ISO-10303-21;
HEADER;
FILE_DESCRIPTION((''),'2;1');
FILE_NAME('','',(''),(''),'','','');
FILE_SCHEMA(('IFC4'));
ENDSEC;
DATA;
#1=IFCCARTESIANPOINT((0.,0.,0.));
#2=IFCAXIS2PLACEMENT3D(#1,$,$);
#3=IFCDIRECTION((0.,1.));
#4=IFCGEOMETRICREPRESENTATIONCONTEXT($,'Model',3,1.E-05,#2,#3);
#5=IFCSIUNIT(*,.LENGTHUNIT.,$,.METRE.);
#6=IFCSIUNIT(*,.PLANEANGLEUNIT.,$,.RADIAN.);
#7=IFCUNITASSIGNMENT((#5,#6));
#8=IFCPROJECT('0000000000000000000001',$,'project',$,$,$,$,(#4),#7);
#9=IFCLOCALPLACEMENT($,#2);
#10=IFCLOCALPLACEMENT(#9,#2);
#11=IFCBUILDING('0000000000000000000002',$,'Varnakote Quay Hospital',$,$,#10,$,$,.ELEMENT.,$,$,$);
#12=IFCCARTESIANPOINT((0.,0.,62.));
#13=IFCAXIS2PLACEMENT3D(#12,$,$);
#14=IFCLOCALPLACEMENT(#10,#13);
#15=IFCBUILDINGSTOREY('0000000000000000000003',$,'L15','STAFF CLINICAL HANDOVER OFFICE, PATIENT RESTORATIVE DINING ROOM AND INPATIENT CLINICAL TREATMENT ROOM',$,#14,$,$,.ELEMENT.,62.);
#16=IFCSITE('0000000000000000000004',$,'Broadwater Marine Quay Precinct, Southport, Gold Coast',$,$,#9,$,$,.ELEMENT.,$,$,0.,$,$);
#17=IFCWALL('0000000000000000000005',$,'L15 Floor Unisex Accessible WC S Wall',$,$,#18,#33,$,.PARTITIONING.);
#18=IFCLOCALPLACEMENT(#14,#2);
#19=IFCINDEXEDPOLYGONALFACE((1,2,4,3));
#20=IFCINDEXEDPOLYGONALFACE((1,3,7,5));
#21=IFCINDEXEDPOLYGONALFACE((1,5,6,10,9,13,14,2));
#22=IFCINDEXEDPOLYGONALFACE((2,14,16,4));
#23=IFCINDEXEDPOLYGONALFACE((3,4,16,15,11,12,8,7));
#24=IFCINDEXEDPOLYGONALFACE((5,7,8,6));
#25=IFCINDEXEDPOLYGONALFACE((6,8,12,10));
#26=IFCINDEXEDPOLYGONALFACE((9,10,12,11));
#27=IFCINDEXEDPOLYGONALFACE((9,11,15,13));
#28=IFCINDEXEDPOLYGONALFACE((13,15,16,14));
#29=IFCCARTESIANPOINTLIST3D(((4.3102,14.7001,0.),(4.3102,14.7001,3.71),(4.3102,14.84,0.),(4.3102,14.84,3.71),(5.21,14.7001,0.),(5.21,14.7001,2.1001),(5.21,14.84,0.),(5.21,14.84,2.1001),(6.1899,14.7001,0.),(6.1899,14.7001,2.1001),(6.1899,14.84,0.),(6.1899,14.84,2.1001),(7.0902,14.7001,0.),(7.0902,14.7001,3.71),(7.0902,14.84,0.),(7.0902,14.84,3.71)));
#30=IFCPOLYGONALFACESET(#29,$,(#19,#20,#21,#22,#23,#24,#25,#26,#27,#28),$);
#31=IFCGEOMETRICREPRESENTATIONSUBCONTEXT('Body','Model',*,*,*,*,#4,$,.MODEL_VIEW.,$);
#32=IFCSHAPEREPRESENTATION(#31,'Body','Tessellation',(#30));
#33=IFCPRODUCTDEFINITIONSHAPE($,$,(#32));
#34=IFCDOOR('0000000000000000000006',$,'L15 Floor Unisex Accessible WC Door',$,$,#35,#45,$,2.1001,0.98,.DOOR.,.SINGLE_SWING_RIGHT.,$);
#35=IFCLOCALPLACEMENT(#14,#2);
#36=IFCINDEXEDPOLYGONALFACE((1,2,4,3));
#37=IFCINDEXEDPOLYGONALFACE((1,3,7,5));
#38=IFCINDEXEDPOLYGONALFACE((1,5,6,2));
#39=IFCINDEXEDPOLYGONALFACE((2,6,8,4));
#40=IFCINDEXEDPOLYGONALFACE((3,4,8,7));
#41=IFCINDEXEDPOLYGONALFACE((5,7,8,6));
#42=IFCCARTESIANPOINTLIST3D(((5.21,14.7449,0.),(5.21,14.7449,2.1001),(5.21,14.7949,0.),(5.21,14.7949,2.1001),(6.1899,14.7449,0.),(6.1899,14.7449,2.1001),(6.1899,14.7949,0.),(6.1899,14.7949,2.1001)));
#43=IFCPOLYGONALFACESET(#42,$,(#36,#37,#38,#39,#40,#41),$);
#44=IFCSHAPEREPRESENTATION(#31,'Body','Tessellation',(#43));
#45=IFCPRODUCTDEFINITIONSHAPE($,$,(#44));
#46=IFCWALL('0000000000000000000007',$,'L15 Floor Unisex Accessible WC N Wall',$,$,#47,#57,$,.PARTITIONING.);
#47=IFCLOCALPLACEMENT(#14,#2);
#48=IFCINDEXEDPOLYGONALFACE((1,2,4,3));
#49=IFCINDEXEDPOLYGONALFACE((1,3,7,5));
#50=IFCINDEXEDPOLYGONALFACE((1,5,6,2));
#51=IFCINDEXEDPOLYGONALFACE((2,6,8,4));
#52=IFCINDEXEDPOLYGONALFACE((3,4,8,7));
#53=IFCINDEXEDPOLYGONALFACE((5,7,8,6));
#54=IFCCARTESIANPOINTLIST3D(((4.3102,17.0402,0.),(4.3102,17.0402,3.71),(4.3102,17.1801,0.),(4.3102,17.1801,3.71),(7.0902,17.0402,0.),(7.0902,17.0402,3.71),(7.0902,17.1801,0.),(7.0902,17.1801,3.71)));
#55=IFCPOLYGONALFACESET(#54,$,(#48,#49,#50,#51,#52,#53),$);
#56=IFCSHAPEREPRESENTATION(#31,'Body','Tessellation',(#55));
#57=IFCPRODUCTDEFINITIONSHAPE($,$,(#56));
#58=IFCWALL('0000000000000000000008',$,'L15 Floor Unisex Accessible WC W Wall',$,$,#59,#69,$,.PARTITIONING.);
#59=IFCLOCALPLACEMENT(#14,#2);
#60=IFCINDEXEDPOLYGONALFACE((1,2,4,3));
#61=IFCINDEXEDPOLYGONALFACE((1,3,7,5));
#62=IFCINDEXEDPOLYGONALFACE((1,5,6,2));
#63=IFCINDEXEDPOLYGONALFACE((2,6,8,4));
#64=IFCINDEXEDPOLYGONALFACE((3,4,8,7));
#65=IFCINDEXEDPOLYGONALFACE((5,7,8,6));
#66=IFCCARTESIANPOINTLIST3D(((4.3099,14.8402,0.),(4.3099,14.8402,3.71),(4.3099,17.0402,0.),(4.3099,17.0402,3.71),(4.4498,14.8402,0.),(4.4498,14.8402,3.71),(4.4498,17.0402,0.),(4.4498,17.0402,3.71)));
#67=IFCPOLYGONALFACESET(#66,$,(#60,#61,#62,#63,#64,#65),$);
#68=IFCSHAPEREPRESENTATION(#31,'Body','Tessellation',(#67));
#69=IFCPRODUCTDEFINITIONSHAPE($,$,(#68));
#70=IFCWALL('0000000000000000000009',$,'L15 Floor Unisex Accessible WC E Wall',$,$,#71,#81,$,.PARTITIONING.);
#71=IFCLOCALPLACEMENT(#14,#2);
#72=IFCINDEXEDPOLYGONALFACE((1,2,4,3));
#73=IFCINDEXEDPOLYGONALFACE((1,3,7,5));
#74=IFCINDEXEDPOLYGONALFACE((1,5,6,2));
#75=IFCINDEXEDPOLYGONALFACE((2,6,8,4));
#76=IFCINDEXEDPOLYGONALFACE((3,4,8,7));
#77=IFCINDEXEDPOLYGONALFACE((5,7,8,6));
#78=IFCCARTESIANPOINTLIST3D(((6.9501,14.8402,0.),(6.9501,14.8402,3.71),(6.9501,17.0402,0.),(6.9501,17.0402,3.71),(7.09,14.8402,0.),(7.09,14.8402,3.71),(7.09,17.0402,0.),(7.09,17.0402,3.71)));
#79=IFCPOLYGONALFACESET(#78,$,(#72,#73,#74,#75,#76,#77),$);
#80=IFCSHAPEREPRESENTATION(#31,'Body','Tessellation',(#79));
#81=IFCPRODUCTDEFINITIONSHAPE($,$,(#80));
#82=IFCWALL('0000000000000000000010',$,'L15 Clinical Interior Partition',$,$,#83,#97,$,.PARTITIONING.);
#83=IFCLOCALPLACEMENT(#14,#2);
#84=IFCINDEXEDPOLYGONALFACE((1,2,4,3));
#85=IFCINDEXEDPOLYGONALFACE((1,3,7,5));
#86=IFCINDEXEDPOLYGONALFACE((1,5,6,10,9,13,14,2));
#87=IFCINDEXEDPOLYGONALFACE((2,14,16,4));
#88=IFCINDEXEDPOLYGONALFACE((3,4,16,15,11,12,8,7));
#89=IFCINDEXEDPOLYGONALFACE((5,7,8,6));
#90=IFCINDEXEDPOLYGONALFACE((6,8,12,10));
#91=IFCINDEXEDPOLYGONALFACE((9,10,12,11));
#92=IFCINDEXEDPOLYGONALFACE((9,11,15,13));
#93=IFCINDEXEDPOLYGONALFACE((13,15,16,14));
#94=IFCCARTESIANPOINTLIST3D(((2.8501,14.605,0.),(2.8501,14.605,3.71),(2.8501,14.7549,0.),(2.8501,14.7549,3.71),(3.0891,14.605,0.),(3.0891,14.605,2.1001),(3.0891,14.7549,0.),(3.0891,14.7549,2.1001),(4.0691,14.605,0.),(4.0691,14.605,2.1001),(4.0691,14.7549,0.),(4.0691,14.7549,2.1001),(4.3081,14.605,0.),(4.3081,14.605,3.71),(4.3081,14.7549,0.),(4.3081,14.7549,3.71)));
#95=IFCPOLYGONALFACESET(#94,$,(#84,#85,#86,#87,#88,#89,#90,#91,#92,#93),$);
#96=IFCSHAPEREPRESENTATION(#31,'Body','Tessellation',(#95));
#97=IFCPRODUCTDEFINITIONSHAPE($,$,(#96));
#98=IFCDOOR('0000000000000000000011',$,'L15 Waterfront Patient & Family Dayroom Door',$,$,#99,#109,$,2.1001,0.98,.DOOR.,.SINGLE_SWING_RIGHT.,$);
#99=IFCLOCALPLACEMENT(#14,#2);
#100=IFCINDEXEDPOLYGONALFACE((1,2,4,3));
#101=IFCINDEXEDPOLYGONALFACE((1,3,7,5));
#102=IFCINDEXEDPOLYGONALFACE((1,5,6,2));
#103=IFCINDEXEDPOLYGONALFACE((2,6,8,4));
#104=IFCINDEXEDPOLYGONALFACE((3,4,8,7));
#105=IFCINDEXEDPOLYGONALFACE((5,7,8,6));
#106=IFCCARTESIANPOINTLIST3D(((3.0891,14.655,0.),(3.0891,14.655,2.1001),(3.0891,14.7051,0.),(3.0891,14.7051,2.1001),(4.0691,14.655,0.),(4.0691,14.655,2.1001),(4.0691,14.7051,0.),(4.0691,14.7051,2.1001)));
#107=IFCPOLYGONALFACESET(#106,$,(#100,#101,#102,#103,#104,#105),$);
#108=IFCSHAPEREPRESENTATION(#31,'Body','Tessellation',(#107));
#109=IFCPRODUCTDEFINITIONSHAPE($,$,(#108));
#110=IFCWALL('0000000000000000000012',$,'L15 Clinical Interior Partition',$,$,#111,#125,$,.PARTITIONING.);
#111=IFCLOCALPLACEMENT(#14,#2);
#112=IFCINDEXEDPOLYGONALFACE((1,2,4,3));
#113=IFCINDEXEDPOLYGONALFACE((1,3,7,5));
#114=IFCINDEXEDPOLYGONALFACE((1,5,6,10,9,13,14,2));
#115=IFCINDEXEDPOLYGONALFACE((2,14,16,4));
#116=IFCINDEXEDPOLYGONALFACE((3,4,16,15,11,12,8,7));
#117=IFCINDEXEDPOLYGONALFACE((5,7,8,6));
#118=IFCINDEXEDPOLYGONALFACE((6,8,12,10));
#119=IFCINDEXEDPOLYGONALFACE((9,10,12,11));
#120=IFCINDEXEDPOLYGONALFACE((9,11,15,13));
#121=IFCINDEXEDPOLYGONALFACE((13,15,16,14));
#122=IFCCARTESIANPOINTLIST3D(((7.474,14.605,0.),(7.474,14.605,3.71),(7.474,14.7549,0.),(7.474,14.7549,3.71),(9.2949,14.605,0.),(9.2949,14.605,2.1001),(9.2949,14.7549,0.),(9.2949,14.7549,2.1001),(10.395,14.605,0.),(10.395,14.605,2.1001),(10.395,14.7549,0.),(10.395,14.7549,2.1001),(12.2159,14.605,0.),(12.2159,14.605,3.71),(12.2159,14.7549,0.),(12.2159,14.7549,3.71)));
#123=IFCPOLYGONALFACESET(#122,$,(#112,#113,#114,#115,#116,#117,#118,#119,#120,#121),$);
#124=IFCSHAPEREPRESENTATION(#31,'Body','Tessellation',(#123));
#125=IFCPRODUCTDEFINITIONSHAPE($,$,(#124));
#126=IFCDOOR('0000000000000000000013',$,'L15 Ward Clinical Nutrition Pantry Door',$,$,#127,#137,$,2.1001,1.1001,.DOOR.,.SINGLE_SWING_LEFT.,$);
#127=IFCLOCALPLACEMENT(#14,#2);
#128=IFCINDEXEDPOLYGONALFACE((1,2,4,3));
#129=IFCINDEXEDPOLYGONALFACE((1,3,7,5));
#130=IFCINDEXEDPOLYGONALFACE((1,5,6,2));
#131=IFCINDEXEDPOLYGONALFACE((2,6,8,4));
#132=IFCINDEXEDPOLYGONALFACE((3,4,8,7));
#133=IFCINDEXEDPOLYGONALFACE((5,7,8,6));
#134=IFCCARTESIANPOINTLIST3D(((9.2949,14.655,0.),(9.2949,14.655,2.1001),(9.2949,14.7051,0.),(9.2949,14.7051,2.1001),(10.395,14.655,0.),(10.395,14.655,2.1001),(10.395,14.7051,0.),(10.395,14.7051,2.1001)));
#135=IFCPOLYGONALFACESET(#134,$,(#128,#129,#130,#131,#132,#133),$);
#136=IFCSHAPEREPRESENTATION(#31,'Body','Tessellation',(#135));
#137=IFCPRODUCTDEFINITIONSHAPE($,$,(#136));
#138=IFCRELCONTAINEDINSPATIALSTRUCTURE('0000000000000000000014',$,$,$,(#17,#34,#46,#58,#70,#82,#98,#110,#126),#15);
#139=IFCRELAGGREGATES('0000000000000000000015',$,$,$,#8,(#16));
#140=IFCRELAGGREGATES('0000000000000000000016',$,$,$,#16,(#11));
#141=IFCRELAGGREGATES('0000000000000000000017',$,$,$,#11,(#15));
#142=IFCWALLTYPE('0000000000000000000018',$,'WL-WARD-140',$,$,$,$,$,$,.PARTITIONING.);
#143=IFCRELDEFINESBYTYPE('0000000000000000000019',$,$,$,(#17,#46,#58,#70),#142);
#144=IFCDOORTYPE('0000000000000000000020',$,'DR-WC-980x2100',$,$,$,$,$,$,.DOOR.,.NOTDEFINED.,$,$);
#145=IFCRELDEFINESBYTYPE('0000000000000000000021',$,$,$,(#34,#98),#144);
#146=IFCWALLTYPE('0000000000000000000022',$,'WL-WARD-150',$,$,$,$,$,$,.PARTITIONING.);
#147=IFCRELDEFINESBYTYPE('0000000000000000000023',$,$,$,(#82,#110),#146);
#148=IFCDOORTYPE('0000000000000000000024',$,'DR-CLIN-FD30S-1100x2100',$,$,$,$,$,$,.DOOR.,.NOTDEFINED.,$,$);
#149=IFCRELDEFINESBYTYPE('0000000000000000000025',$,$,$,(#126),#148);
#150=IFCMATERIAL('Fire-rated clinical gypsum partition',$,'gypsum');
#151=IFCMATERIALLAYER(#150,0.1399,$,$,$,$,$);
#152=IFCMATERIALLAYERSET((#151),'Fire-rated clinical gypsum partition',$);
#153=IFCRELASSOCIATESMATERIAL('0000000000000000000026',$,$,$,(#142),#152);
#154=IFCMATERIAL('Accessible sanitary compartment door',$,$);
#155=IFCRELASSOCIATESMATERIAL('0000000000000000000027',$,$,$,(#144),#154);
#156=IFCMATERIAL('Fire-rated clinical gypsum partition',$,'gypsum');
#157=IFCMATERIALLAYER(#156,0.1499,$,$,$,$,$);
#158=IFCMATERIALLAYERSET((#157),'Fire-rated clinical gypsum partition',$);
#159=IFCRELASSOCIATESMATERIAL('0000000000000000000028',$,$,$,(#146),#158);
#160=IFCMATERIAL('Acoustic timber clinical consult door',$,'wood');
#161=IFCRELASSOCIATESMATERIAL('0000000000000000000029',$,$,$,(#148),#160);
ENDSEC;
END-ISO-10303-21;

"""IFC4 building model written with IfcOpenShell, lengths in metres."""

from ifc_helpers import new_model, si_unit, direction, frame, frame_2d, origin, place, context, subcontext, project, spatial, rectangle, extrude, material, layer, layer_set, type_object, element, fill, save


model = new_model("IFC4")

# Units and contexts
model_context = context("Model", 3, precision=1e-05, world=origin(), true_north=direction((0.0, 1.0)))
body_context = subcontext(model_context, "Body", "Model", "MODEL_VIEW")
ifc_project = project(units=[si_unit("LENGTHUNIT", "METRE"), si_unit("PLANEANGLEUNIT", "RADIAN")], contexts=[model_context])

# Site, building, storey
site_placement = place(None, origin())
site = spatial("IfcSite", under=ifc_project, at=site_placement, Name="Broadwater Marine Quay Precinct, Southport, Gold Coast", CompositionType="ELEMENT", RefElevation=0.0)
building_placement = place(site_placement, origin())
building = spatial("IfcBuilding", under=site, at=building_placement, Name="Varnakote Quay Hospital", CompositionType="ELEMENT")
storey_placement = place(building_placement, frame((0.0, 0.0, 62.0)))
storey = spatial("IfcBuildingStorey", under=building, at=storey_placement, Name="L15", Description="STAFF CLINICAL HANDOVER OFFICE, PATIENT RESTORATIVE DINING ROOM AND INPATIENT CLINICAL TREATMENT ROOM", CompositionType="ELEMENT", Elevation=62.0)

# Wall, opening, door
ifc_material_1 = material(Name="Fire-rated clinical gypsum partition", Category="gypsum")
ifc_layer_1 = layer(ifc_material_1, 0.1399)
ifc_layer_set_1 = layer_set([ifc_layer_1], Name="Fire-rated clinical gypsum partition")
wall_type_1 = type_object("IfcWallType", Name="WL-WARD-140", PredefinedType="PARTITIONING", material=ifc_layer_set_1)
wall_1_placement = place(storey_placement, frame((4.3101, 14.77, 0.0), z_axis=(0.0, 0.0, 1.0), x_axis=(1.0, 0.0, 0.0)))
wall_1 = element("IfcWall", 1, at=wall_1_placement, inside=storey, type_object=wall_type_1, Name="L15 Floor Unisex Accessible WC S Wall", PredefinedType="PARTITIONING", context=body_context, shape_type="SweptSolid", body=[
    extrude(rectangle(XDim=2.78, YDim=0.1399, at=frame_2d((1.3901, 0.0))), origin(), (0.0, 0.0, 1.0), 3.71),
])
opening_1_placement = place(wall_1_placement, frame((0.8999, 0.0, 0.0)))
opening_1 = element("IfcOpeningElement", 2, at=opening_1_placement, cuts=wall_1, PredefinedType="OPENING", context=body_context, shape_type="SweptSolid", body=[
    extrude(rectangle(XDim=0.98, YDim=2.1001, at=frame_2d((0.49, 1.05))), frame((0.0, 0.0798, 0.0), z_axis=(0.0, -1.0, 0.0), x_axis=(1.0, 0.0, 0.0)), (0.0, 0.0, 1.0), 0.1599),
])
ifc_material_2 = material(Name="Accessible sanitary compartment door")
door_type_1 = type_object("IfcDoorType", Name="DR-WC-980x2100", OperationType="NOTDEFINED", PredefinedType="DOOR", material=ifc_material_2)
door_1_placement = place(opening_1_placement, origin())
door_1 = element("IfcDoor", 3, at=door_1_placement, inside=storey, type_object=door_type_1, Name="L15 Floor Unisex Accessible WC Door", OperationType="SINGLE_SWING_RIGHT", OverallHeight=2.1001, OverallWidth=0.98, PredefinedType="DOOR", context=body_context, shape_type="SweptSolid", body=[
    extrude(rectangle(XDim=0.98, YDim=2.1001, at=frame_2d((0.49, 1.05))), frame((0.0, 0.0249, 0.0), z_axis=(0.0, -1.0, 0.0), x_axis=(1.0, 0.0, 0.0)), (0.0, 0.0, 1.0), 0.05),
])
fill(opening_1, door_1)

# Walls
wall_2_placement = place(storey_placement, frame((4.3101, 17.1101, 0.0), z_axis=(0.0, 0.0, 1.0), x_axis=(1.0, 0.0, 0.0)))
element("IfcWall", 4, at=wall_2_placement, inside=storey, type_object=wall_type_1, Name="L15 Floor Unisex Accessible WC N Wall", PredefinedType="PARTITIONING", context=body_context, shape_type="SweptSolid", body=[
    extrude(rectangle(XDim=2.78, YDim=0.1399, at=frame_2d((1.3901, 0.0))), origin(), (0.0, 0.0, 1.0), 3.71),
])
for number, where, z_axis, x_axis, name in (
    (5, (4.3799, 14.8401, 0.0), (0.0, 0.0, 1.0), (0.0, 1.0, 0.0), "L15 Floor Unisex Accessible WC W Wall"),
    (6, (7.02, 14.8401, 0.0), (0.0, 0.0, 1.0), (0.0, 1.0, 0.0), "L15 Floor Unisex Accessible WC E Wall"),
):
    element("IfcWall", number, at=place(storey_placement, frame(where, z_axis=z_axis, x_axis=x_axis)), inside=storey, type_object=wall_type_1, Name=name, PredefinedType="PARTITIONING", context=body_context, shape_type="SweptSolid", body=[
        extrude(rectangle(XDim=2.2, YDim=0.1399, at=frame_2d((1.1001, 0.0))), origin(), (0.0, 0.0, 1.0), 3.71),
    ])

# Walls, openings, doors
ifc_material_3 = material(Name="Fire-rated clinical gypsum partition", Category="gypsum")
ifc_layer_2 = layer(ifc_material_3, 0.1499)
ifc_layer_set_2 = layer_set([ifc_layer_2], Name="Fire-rated clinical gypsum partition")
wall_type_2 = type_object("IfcWallType", Name="WL-WARD-150", PredefinedType="PARTITIONING", material=ifc_layer_set_2)
wall_3_placement = place(storey_placement, frame((4.3081, 14.6799, 0.0), z_axis=(0.0, 0.0, 1.0), x_axis=(-1.0, 0.0, 0.0)))
wall_3 = element("IfcWall", 7, at=wall_3_placement, inside=storey, type_object=wall_type_2, Name="L15 Clinical Interior Partition", PredefinedType="PARTITIONING", context=body_context, shape_type="SweptSolid", body=[
    extrude(rectangle(XDim=1.458, YDim=0.1499, at=frame_2d((0.729, 0.0))), origin(), (0.0, 0.0, 1.0), 3.71),
])
opening_2_placement = place(wall_3_placement, frame((0.239, 0.0, 0.0)))
opening_2 = element("IfcOpeningElement", 8, at=opening_2_placement, cuts=wall_3, PredefinedType="OPENING", context=body_context, shape_type="SweptSolid", body=[
    extrude(rectangle(XDim=0.98, YDim=2.1001, at=frame_2d((0.49, 1.05))), frame((0.0, 0.085, 0.0), z_axis=(0.0, -1.0, 0.0), x_axis=(1.0, 0.0, 0.0)), (0.0, 0.0, 1.0), 0.1699),
])
door_2_placement = place(opening_2_placement, origin())
door_2 = element("IfcDoor", 9, at=door_2_placement, inside=storey, type_object=door_type_1, Name="L15 Waterfront Patient & Family Dayroom Door", OperationType="SINGLE_SWING_RIGHT", OverallHeight=2.1001, OverallWidth=0.98, PredefinedType="DOOR", context=body_context, shape_type="SweptSolid", body=[
    extrude(rectangle(XDim=0.98, YDim=2.1001, at=frame_2d((0.49, 1.05))), frame((0.0, 0.0249, 0.0), z_axis=(0.0, -1.0, 0.0), x_axis=(1.0, 0.0, 0.0)), (0.0, 0.0, 1.0), 0.05),
])
fill(opening_2, door_2)
wall_4_placement = place(storey_placement, frame((12.2161, 14.6799, 0.0), z_axis=(0.0, 0.0, 1.0), x_axis=(-1.0, 0.0, 0.0)))
wall_4 = element("IfcWall", 10, at=wall_4_placement, inside=storey, type_object=wall_type_2, Name="L15 Clinical Interior Partition", PredefinedType="PARTITIONING", context=body_context, shape_type="SweptSolid", body=[
    extrude(rectangle(XDim=4.7419, YDim=0.1499, at=frame_2d((2.3711, 0.0))), origin(), (0.0, 0.0, 1.0), 3.71),
])
opening_3_placement = place(wall_4_placement, frame((1.821, 0.0, 0.0)))
opening_3 = element("IfcOpeningElement", 11, at=opening_3_placement, cuts=wall_4, PredefinedType="OPENING", context=body_context, shape_type="SweptSolid", body=[
    extrude(rectangle(XDim=1.1001, YDim=2.1001, at=frame_2d((0.55, 1.05))), frame((0.0, 0.085, 0.0), z_axis=(0.0, -1.0, 0.0), x_axis=(1.0, 0.0, 0.0)), (0.0, 0.0, 1.0), 0.1699),
])
ifc_material_4 = material(Name="Acoustic timber clinical consult door", Category="wood")
door_type_2 = type_object("IfcDoorType", Name="DR-CLIN-FD30S-1100x2100", OperationType="NOTDEFINED", PredefinedType="DOOR", material=ifc_material_4)
door_3_placement = place(opening_3_placement, origin())
door_3 = element("IfcDoor", 12, at=door_3_placement, inside=storey, type_object=door_type_2, Name="L15 Ward Clinical Nutrition Pantry Door", OperationType="SINGLE_SWING_LEFT", OverallHeight=2.1001, OverallWidth=1.1001, PredefinedType="DOOR", context=body_context, shape_type="SweptSolid", body=[
    extrude(rectangle(XDim=1.1001, YDim=2.1001, at=frame_2d((0.55, 1.05))), frame((0.0, 0.0249, 0.0), z_axis=(0.0, -1.0, 0.0), x_axis=(1.0, 0.0, 0.0)), (0.0, 0.0, 1.0), 0.05),
])
fill(opening_3, door_3)

save(model, "model.ifc")
